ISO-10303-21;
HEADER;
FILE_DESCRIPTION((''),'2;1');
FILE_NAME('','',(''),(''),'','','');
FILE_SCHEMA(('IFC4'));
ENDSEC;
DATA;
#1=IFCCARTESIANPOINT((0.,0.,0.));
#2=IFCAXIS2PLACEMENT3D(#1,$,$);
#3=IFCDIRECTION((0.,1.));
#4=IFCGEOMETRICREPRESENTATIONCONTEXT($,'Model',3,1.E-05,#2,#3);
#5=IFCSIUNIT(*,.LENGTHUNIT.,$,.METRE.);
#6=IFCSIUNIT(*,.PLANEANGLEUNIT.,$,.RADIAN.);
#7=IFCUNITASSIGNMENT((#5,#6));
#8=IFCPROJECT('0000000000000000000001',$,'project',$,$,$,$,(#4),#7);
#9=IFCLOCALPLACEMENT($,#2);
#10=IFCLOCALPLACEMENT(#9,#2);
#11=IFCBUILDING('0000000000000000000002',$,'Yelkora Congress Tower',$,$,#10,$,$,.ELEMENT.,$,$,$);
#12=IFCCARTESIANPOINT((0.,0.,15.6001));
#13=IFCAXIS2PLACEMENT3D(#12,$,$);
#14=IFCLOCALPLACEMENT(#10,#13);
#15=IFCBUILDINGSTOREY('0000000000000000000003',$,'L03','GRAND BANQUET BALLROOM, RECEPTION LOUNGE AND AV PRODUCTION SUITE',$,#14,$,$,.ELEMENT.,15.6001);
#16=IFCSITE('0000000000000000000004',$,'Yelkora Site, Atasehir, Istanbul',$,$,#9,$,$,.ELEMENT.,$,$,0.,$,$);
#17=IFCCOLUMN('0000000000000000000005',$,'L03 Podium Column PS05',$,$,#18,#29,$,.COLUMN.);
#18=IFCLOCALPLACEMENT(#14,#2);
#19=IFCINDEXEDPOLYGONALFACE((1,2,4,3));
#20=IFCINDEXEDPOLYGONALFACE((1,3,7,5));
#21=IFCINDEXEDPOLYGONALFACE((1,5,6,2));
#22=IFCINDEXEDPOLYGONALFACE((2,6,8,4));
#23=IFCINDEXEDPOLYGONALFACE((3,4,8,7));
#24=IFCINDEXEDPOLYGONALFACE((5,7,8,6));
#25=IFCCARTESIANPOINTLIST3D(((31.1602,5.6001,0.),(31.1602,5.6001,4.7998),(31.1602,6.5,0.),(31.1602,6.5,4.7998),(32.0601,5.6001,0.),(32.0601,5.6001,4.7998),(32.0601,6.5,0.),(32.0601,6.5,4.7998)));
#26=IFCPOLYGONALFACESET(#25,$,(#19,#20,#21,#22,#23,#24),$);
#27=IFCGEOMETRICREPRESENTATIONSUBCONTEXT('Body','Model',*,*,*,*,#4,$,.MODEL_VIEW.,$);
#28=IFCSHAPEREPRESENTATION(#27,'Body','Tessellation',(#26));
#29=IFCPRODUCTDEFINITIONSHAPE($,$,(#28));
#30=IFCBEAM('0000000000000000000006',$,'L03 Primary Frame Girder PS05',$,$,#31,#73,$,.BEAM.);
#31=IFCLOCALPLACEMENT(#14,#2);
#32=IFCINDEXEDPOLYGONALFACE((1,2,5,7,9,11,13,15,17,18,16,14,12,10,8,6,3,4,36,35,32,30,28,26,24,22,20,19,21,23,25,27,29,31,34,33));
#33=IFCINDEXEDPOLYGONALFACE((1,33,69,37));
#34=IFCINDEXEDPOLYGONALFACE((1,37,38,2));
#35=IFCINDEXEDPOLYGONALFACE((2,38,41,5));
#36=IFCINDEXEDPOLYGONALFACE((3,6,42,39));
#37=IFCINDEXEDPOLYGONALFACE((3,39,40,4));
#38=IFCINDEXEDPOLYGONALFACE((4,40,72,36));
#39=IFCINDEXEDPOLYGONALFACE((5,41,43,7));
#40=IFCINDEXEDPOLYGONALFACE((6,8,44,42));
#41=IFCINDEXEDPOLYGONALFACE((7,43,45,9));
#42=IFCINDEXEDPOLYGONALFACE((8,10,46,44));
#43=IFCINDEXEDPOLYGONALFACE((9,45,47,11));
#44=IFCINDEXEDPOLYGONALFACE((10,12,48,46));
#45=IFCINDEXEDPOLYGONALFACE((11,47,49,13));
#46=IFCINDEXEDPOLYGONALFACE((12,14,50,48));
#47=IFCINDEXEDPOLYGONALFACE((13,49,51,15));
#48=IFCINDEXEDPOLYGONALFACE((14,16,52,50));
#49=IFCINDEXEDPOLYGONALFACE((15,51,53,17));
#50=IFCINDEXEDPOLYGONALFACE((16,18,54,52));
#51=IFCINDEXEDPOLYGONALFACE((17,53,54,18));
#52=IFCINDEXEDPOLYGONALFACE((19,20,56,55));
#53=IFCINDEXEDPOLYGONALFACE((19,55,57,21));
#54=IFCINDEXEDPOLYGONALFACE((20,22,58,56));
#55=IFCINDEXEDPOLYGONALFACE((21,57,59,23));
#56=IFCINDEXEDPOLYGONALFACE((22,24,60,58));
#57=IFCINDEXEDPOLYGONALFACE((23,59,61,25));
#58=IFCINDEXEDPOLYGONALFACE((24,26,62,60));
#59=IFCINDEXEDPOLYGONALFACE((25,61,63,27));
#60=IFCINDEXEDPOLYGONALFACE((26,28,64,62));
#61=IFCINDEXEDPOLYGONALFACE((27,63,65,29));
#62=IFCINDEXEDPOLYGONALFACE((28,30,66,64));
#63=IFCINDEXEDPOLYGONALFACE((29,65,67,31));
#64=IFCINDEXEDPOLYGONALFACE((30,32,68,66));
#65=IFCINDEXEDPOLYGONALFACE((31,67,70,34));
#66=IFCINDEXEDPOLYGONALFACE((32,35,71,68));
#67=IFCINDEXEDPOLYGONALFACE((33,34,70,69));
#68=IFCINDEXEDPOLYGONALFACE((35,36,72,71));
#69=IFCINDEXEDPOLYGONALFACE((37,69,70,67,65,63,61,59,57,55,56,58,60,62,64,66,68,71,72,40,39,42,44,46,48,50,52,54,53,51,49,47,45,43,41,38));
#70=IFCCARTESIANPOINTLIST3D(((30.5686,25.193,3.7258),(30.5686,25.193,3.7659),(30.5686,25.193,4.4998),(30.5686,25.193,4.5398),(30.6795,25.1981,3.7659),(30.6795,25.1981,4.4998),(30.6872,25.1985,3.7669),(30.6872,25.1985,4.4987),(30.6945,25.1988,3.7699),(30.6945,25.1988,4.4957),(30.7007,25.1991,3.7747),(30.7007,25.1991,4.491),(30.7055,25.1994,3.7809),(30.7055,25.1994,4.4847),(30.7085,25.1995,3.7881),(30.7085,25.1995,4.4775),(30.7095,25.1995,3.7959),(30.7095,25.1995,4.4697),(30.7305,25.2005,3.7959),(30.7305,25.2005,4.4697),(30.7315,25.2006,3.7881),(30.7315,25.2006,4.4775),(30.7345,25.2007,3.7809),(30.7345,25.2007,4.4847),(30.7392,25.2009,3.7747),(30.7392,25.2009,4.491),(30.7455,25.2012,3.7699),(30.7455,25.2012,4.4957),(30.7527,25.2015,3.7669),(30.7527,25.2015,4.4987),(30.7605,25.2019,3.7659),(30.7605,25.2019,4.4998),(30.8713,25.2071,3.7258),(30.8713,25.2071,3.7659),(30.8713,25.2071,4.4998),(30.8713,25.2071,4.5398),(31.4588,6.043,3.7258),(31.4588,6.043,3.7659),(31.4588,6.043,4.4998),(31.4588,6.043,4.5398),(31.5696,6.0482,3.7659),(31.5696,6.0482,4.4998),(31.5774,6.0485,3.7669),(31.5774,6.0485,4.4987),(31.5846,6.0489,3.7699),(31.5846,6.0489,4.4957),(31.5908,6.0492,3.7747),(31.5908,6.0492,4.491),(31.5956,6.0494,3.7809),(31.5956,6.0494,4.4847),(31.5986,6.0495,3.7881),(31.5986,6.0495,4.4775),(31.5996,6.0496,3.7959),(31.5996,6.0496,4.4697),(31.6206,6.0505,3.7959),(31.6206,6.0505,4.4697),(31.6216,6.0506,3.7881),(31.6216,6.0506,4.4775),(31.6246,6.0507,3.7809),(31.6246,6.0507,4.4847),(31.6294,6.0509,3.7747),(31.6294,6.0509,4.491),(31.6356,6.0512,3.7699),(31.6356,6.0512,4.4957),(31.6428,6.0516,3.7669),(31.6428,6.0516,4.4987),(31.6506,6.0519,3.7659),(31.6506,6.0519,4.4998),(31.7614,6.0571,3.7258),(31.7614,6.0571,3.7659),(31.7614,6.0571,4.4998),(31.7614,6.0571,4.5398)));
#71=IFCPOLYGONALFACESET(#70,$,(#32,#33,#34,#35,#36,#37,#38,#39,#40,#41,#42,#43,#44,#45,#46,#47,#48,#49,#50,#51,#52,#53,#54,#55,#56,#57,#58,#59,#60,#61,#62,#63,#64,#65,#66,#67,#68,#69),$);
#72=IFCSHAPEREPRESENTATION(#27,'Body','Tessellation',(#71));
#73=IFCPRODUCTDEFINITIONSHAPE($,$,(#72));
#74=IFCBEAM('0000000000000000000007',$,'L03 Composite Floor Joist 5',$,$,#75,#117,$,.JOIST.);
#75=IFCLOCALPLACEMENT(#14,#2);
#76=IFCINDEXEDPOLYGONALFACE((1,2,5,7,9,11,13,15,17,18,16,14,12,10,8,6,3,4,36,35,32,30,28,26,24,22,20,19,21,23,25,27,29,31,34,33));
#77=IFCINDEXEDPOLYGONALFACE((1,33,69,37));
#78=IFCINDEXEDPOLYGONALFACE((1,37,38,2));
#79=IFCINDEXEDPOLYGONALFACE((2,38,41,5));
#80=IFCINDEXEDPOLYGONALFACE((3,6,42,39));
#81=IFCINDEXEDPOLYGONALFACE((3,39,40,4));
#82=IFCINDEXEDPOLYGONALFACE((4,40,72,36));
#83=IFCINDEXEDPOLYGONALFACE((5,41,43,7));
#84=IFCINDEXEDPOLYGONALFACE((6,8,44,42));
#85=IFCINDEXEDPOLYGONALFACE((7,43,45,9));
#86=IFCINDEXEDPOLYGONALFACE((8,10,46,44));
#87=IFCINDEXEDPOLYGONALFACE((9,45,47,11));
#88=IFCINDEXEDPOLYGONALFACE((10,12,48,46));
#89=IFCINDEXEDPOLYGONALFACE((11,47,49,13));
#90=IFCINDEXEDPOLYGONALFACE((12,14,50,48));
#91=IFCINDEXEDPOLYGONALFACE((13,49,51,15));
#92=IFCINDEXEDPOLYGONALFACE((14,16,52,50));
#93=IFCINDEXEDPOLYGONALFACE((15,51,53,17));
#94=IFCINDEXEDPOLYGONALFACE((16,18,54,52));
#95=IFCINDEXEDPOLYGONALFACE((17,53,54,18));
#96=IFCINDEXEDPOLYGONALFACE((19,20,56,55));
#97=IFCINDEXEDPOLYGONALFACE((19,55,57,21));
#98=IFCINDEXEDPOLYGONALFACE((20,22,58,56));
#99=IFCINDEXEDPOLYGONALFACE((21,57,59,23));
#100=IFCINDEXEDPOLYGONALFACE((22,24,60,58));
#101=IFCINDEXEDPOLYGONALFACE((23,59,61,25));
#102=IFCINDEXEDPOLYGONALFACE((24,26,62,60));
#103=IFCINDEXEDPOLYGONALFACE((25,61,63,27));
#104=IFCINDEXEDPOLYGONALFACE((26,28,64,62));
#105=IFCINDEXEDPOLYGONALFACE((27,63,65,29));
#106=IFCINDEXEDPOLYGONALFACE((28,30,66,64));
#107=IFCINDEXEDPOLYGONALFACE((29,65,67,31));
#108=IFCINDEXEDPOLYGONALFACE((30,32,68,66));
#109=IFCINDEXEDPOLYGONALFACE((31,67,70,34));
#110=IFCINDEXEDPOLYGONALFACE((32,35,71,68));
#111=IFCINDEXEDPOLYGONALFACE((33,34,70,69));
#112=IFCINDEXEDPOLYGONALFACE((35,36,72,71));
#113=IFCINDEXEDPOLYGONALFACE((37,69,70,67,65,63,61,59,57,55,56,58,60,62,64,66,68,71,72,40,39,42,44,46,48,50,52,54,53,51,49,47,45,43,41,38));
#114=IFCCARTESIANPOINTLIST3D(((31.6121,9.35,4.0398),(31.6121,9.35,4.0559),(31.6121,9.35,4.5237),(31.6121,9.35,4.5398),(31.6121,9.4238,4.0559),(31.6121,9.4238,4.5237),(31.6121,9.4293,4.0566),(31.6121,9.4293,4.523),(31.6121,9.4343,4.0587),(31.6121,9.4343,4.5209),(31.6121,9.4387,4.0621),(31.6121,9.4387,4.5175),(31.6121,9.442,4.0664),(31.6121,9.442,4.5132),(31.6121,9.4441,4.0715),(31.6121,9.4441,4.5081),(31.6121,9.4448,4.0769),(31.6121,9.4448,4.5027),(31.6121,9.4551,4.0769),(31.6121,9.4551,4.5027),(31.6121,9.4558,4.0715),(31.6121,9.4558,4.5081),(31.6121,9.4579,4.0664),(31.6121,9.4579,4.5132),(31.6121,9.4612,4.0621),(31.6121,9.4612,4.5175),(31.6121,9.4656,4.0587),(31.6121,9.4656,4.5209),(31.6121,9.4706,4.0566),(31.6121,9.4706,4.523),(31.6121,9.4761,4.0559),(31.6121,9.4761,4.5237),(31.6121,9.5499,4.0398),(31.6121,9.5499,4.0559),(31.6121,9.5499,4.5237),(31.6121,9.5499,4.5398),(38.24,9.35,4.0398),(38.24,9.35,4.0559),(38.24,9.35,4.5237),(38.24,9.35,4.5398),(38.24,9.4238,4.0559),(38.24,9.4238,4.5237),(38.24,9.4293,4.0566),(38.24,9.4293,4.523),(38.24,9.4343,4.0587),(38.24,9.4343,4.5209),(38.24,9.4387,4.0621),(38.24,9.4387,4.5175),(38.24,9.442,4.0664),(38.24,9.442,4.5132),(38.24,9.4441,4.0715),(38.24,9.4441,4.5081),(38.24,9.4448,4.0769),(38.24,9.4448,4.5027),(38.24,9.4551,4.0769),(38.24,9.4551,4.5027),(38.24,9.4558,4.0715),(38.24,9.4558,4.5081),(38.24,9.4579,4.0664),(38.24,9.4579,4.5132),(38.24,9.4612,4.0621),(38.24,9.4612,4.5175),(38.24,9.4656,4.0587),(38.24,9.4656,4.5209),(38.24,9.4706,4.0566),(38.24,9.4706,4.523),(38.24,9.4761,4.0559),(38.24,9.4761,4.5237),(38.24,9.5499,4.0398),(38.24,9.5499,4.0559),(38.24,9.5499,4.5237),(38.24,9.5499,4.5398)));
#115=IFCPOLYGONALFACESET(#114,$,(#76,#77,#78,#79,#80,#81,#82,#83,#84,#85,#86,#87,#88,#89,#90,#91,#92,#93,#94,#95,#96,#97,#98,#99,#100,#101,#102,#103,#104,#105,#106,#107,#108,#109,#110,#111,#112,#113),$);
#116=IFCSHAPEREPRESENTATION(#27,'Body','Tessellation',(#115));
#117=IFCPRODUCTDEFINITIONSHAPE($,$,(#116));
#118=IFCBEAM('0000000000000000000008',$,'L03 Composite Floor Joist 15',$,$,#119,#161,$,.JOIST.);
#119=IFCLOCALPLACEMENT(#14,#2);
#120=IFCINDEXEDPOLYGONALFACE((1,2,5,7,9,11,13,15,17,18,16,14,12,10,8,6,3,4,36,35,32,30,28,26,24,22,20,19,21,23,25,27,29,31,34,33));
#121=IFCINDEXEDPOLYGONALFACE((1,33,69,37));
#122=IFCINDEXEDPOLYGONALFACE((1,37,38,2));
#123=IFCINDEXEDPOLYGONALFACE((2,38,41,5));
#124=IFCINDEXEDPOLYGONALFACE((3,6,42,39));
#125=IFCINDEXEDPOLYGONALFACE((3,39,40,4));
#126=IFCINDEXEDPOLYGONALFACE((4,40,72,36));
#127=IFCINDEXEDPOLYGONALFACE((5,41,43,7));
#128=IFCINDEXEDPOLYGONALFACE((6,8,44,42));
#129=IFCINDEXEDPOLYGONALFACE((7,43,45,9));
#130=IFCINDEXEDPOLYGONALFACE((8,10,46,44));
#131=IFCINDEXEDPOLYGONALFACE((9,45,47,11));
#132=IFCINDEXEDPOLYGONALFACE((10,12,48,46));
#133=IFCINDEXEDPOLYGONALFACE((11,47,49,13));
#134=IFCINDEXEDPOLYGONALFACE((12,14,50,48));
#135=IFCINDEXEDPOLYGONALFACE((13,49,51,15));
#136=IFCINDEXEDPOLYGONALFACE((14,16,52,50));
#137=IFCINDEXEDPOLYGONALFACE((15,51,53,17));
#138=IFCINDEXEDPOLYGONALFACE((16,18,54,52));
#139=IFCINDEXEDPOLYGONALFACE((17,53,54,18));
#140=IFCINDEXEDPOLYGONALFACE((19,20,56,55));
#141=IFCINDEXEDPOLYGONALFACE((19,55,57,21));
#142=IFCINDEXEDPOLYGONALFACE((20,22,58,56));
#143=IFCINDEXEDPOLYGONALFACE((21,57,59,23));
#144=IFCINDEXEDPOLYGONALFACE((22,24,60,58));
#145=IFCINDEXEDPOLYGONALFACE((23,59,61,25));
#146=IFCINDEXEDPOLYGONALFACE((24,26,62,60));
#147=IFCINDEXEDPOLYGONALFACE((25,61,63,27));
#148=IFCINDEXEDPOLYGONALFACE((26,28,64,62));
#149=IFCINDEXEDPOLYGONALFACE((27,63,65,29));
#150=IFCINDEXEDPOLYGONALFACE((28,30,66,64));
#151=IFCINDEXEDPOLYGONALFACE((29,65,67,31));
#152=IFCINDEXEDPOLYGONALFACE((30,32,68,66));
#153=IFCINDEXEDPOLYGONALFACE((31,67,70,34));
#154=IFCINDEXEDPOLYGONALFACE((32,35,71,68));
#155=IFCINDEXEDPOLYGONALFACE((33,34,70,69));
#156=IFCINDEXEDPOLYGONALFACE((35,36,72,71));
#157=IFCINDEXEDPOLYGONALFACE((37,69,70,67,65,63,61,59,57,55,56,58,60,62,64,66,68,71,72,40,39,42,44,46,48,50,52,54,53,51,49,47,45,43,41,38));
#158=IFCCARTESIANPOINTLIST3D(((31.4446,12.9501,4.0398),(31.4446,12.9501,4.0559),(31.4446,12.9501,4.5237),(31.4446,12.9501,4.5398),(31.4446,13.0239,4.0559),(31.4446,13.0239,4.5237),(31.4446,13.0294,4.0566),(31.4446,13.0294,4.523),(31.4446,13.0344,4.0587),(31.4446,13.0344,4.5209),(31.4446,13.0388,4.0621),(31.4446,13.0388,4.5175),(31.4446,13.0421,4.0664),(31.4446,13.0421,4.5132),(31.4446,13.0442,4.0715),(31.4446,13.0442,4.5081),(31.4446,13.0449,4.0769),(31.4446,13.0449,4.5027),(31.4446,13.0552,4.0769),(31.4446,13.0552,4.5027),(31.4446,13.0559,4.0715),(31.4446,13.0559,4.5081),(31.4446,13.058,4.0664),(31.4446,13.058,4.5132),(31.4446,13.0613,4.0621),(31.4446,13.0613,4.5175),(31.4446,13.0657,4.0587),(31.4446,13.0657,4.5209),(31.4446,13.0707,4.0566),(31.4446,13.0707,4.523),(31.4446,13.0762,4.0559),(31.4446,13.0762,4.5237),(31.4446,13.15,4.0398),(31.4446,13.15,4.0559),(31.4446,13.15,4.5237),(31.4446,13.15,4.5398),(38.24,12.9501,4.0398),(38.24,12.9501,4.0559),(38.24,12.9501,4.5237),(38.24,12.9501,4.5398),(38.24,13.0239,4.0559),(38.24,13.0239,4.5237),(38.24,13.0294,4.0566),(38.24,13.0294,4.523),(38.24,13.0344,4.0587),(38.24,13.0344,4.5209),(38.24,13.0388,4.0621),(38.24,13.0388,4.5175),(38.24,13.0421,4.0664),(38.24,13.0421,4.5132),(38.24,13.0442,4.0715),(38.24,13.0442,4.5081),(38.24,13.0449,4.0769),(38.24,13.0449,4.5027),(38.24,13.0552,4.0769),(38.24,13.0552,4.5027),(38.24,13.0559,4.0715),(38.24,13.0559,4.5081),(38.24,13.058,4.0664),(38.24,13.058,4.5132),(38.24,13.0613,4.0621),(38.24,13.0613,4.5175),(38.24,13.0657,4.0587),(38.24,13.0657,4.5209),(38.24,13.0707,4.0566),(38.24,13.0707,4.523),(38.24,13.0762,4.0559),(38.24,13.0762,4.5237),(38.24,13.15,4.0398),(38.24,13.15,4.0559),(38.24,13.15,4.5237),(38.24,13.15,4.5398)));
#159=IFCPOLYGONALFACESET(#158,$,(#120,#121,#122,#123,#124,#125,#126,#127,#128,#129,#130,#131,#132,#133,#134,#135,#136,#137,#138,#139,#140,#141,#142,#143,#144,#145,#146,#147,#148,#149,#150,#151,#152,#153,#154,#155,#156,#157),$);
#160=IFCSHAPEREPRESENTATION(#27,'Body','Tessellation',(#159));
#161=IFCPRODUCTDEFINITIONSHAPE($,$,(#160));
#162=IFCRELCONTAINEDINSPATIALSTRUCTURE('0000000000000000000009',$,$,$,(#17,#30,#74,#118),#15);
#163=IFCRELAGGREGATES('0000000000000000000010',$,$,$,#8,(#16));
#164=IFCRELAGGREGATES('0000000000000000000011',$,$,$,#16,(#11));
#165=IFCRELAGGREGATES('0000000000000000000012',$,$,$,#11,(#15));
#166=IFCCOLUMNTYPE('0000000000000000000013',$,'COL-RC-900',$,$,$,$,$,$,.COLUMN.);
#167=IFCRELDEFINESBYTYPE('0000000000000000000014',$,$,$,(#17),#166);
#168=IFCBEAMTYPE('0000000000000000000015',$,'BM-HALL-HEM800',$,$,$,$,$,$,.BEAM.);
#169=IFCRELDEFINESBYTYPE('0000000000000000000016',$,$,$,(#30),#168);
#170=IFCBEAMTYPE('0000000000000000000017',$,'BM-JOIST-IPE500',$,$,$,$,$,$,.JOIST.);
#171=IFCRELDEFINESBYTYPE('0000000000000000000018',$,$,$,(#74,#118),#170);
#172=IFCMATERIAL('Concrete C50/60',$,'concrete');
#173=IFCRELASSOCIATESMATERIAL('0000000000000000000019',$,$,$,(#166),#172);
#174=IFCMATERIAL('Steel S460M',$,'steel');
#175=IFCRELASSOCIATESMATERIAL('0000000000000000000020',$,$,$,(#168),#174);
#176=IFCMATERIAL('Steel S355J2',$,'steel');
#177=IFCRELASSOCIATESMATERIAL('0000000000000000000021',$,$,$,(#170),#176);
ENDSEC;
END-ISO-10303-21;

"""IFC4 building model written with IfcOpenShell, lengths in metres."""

from ifc_helpers import new_model, si_unit, direction, frame, origin, origin_2d, place, context, subcontext, project, spatial, rectangle, i_section, extrude, material, material_profile, profile_set, type_object, element, save


model = new_model("IFC4")

# Units and contexts
model_context = context("Model", 3, precision=1e-05, world=origin(), true_north=direction((0.0, 1.0)))
body_context = subcontext(model_context, "Body", "Model", "MODEL_VIEW")
ifc_project = project(units=[si_unit("LENGTHUNIT", "METRE"), si_unit("PLANEANGLEUNIT", "RADIAN")], contexts=[model_context])

# Site, building, storey
site_placement = place(None, origin())
site = spatial("IfcSite", under=ifc_project, at=site_placement, Name="Yelkora Site, Atasehir, Istanbul", CompositionType="ELEMENT", RefElevation=0.0)
building_placement = place(site_placement, origin())
building = spatial("IfcBuilding", under=site, at=building_placement, Name="Yelkora Congress Tower", CompositionType="ELEMENT")
storey_placement = place(building_placement, frame((0.0, 0.0, 15.6001)))
storey = spatial("IfcBuildingStorey", under=building, at=storey_placement, Name="L03", Description="GRAND BANQUET BALLROOM, RECEPTION LOUNGE AND AV PRODUCTION SUITE", CompositionType="ELEMENT", Elevation=15.6001)

# Column
ifc_material_1 = material(Name="Concrete C50/60", Category="concrete")
ifc_material_profile_1 = material_profile(ifc_material_1, rectangle(XDim=0.8999, YDim=0.8999, at=origin_2d()), Name="RC 900x900")
ifc_profile_set_1 = profile_set([ifc_material_profile_1], Name="Concrete C50/60")
column_type = type_object("IfcColumnType", Name="COL-RC-900", PredefinedType="COLUMN", material=ifc_profile_set_1)
column_placement = place(storey_placement, frame((31.6101, 6.05, 0.0), z_axis=(0.0, 0.0, 1.0), x_axis=(1.0, 0.0, 0.0)))
element("IfcColumn", 1, at=column_placement, inside=storey, type_object=column_type, Name="L03 Podium Column PS05", PredefinedType="COLUMN", context=body_context, shape_type="SweptSolid", body=[
    extrude(rectangle(XDim=0.8999, YDim=0.8999, at=origin_2d()), origin(), (0.0, 0.0, 1.0), 4.7998),
])

# Beams
ifc_material_2 = material(Name="Steel S460M", Category="steel")
ifc_material_profile_2 = material_profile(ifc_material_2, i_section(OverallWidth=0.303, OverallDepth=0.814, WebThickness=0.021, FlangeThickness=0.04, FilletRadius=0.03, at=origin_2d()), Name="HEM 800")
ifc_profile_set_2 = profile_set([ifc_material_profile_2], Name="Steel S460M")
beam_type_1 = type_object("IfcBeamType", Name="BM-HALL-HEM800", PredefinedType="BEAM", material=ifc_profile_set_2)
beam_1_placement = place(storey_placement, frame((31.6101, 6.05, 4.1328), z_axis=(-0.046432, 0.998921, 0.0), x_axis=(-0.998921, -0.046432, 0.0)))
element("IfcBeam", 2, at=beam_1_placement, inside=storey, type_object=beam_type_1, Name="L03 Primary Frame Girder PS05", PredefinedType="BEAM", context=body_context, shape_type="SweptSolid", body=[
    extrude(i_section(OverallWidth=0.303, OverallDepth=0.814, WebThickness=0.021, FlangeThickness=0.04, FilletRadius=0.03, at=origin_2d()), origin(), (0.0, 0.0, 1.0), 19.1707),
])
ifc_material_3 = material(Name="Steel S355J2", Category="steel")
ifc_material_profile_3 = material_profile(ifc_material_3, i_section(OverallWidth=0.2, OverallDepth=0.5, WebThickness=0.0103, FlangeThickness=0.0161, FilletRadius=0.021, at=origin_2d()), Name="IPE 500")
ifc_profile_set_3 = profile_set([ifc_material_profile_3], Name="Steel S355J2")
beam_type_2 = type_object("IfcBeamType", Name="BM-JOIST-IPE500", PredefinedType="JOIST", material=ifc_profile_set_3)
beam_2_placement = place(storey_placement, frame((31.6121, 9.45, 4.2898), z_axis=(1.0, 0.0, 0.0), x_axis=(0.0, 1.0, 0.0)))
element("IfcBeam", 3, at=beam_2_placement, inside=storey, type_object=beam_type_2, Name="L03 Composite Floor Joist 5", PredefinedType="JOIST", context=body_context, shape_type="SweptSolid", body=[
    extrude(i_section(OverallWidth=0.2, OverallDepth=0.5, WebThickness=0.0103, FlangeThickness=0.0161, FilletRadius=0.021, at=origin_2d()), origin(), (0.0, 0.0, 1.0), 6.6279),
])
beam_3_placement = place(storey_placement, frame((31.4446, 13.05, 4.2898), z_axis=(1.0, 0.0, 0.0), x_axis=(0.0, 1.0, 0.0)))
element("IfcBeam", 4, at=beam_3_placement, inside=storey, type_object=beam_type_2, Name="L03 Composite Floor Joist 15", PredefinedType="JOIST", context=body_context, shape_type="SweptSolid", body=[
    extrude(i_section(OverallWidth=0.2, OverallDepth=0.5, WebThickness=0.0103, FlangeThickness=0.0161, FilletRadius=0.021, at=origin_2d()), origin(), (0.0, 0.0, 1.0), 6.7954),
])

save(model, "model.ifc")
